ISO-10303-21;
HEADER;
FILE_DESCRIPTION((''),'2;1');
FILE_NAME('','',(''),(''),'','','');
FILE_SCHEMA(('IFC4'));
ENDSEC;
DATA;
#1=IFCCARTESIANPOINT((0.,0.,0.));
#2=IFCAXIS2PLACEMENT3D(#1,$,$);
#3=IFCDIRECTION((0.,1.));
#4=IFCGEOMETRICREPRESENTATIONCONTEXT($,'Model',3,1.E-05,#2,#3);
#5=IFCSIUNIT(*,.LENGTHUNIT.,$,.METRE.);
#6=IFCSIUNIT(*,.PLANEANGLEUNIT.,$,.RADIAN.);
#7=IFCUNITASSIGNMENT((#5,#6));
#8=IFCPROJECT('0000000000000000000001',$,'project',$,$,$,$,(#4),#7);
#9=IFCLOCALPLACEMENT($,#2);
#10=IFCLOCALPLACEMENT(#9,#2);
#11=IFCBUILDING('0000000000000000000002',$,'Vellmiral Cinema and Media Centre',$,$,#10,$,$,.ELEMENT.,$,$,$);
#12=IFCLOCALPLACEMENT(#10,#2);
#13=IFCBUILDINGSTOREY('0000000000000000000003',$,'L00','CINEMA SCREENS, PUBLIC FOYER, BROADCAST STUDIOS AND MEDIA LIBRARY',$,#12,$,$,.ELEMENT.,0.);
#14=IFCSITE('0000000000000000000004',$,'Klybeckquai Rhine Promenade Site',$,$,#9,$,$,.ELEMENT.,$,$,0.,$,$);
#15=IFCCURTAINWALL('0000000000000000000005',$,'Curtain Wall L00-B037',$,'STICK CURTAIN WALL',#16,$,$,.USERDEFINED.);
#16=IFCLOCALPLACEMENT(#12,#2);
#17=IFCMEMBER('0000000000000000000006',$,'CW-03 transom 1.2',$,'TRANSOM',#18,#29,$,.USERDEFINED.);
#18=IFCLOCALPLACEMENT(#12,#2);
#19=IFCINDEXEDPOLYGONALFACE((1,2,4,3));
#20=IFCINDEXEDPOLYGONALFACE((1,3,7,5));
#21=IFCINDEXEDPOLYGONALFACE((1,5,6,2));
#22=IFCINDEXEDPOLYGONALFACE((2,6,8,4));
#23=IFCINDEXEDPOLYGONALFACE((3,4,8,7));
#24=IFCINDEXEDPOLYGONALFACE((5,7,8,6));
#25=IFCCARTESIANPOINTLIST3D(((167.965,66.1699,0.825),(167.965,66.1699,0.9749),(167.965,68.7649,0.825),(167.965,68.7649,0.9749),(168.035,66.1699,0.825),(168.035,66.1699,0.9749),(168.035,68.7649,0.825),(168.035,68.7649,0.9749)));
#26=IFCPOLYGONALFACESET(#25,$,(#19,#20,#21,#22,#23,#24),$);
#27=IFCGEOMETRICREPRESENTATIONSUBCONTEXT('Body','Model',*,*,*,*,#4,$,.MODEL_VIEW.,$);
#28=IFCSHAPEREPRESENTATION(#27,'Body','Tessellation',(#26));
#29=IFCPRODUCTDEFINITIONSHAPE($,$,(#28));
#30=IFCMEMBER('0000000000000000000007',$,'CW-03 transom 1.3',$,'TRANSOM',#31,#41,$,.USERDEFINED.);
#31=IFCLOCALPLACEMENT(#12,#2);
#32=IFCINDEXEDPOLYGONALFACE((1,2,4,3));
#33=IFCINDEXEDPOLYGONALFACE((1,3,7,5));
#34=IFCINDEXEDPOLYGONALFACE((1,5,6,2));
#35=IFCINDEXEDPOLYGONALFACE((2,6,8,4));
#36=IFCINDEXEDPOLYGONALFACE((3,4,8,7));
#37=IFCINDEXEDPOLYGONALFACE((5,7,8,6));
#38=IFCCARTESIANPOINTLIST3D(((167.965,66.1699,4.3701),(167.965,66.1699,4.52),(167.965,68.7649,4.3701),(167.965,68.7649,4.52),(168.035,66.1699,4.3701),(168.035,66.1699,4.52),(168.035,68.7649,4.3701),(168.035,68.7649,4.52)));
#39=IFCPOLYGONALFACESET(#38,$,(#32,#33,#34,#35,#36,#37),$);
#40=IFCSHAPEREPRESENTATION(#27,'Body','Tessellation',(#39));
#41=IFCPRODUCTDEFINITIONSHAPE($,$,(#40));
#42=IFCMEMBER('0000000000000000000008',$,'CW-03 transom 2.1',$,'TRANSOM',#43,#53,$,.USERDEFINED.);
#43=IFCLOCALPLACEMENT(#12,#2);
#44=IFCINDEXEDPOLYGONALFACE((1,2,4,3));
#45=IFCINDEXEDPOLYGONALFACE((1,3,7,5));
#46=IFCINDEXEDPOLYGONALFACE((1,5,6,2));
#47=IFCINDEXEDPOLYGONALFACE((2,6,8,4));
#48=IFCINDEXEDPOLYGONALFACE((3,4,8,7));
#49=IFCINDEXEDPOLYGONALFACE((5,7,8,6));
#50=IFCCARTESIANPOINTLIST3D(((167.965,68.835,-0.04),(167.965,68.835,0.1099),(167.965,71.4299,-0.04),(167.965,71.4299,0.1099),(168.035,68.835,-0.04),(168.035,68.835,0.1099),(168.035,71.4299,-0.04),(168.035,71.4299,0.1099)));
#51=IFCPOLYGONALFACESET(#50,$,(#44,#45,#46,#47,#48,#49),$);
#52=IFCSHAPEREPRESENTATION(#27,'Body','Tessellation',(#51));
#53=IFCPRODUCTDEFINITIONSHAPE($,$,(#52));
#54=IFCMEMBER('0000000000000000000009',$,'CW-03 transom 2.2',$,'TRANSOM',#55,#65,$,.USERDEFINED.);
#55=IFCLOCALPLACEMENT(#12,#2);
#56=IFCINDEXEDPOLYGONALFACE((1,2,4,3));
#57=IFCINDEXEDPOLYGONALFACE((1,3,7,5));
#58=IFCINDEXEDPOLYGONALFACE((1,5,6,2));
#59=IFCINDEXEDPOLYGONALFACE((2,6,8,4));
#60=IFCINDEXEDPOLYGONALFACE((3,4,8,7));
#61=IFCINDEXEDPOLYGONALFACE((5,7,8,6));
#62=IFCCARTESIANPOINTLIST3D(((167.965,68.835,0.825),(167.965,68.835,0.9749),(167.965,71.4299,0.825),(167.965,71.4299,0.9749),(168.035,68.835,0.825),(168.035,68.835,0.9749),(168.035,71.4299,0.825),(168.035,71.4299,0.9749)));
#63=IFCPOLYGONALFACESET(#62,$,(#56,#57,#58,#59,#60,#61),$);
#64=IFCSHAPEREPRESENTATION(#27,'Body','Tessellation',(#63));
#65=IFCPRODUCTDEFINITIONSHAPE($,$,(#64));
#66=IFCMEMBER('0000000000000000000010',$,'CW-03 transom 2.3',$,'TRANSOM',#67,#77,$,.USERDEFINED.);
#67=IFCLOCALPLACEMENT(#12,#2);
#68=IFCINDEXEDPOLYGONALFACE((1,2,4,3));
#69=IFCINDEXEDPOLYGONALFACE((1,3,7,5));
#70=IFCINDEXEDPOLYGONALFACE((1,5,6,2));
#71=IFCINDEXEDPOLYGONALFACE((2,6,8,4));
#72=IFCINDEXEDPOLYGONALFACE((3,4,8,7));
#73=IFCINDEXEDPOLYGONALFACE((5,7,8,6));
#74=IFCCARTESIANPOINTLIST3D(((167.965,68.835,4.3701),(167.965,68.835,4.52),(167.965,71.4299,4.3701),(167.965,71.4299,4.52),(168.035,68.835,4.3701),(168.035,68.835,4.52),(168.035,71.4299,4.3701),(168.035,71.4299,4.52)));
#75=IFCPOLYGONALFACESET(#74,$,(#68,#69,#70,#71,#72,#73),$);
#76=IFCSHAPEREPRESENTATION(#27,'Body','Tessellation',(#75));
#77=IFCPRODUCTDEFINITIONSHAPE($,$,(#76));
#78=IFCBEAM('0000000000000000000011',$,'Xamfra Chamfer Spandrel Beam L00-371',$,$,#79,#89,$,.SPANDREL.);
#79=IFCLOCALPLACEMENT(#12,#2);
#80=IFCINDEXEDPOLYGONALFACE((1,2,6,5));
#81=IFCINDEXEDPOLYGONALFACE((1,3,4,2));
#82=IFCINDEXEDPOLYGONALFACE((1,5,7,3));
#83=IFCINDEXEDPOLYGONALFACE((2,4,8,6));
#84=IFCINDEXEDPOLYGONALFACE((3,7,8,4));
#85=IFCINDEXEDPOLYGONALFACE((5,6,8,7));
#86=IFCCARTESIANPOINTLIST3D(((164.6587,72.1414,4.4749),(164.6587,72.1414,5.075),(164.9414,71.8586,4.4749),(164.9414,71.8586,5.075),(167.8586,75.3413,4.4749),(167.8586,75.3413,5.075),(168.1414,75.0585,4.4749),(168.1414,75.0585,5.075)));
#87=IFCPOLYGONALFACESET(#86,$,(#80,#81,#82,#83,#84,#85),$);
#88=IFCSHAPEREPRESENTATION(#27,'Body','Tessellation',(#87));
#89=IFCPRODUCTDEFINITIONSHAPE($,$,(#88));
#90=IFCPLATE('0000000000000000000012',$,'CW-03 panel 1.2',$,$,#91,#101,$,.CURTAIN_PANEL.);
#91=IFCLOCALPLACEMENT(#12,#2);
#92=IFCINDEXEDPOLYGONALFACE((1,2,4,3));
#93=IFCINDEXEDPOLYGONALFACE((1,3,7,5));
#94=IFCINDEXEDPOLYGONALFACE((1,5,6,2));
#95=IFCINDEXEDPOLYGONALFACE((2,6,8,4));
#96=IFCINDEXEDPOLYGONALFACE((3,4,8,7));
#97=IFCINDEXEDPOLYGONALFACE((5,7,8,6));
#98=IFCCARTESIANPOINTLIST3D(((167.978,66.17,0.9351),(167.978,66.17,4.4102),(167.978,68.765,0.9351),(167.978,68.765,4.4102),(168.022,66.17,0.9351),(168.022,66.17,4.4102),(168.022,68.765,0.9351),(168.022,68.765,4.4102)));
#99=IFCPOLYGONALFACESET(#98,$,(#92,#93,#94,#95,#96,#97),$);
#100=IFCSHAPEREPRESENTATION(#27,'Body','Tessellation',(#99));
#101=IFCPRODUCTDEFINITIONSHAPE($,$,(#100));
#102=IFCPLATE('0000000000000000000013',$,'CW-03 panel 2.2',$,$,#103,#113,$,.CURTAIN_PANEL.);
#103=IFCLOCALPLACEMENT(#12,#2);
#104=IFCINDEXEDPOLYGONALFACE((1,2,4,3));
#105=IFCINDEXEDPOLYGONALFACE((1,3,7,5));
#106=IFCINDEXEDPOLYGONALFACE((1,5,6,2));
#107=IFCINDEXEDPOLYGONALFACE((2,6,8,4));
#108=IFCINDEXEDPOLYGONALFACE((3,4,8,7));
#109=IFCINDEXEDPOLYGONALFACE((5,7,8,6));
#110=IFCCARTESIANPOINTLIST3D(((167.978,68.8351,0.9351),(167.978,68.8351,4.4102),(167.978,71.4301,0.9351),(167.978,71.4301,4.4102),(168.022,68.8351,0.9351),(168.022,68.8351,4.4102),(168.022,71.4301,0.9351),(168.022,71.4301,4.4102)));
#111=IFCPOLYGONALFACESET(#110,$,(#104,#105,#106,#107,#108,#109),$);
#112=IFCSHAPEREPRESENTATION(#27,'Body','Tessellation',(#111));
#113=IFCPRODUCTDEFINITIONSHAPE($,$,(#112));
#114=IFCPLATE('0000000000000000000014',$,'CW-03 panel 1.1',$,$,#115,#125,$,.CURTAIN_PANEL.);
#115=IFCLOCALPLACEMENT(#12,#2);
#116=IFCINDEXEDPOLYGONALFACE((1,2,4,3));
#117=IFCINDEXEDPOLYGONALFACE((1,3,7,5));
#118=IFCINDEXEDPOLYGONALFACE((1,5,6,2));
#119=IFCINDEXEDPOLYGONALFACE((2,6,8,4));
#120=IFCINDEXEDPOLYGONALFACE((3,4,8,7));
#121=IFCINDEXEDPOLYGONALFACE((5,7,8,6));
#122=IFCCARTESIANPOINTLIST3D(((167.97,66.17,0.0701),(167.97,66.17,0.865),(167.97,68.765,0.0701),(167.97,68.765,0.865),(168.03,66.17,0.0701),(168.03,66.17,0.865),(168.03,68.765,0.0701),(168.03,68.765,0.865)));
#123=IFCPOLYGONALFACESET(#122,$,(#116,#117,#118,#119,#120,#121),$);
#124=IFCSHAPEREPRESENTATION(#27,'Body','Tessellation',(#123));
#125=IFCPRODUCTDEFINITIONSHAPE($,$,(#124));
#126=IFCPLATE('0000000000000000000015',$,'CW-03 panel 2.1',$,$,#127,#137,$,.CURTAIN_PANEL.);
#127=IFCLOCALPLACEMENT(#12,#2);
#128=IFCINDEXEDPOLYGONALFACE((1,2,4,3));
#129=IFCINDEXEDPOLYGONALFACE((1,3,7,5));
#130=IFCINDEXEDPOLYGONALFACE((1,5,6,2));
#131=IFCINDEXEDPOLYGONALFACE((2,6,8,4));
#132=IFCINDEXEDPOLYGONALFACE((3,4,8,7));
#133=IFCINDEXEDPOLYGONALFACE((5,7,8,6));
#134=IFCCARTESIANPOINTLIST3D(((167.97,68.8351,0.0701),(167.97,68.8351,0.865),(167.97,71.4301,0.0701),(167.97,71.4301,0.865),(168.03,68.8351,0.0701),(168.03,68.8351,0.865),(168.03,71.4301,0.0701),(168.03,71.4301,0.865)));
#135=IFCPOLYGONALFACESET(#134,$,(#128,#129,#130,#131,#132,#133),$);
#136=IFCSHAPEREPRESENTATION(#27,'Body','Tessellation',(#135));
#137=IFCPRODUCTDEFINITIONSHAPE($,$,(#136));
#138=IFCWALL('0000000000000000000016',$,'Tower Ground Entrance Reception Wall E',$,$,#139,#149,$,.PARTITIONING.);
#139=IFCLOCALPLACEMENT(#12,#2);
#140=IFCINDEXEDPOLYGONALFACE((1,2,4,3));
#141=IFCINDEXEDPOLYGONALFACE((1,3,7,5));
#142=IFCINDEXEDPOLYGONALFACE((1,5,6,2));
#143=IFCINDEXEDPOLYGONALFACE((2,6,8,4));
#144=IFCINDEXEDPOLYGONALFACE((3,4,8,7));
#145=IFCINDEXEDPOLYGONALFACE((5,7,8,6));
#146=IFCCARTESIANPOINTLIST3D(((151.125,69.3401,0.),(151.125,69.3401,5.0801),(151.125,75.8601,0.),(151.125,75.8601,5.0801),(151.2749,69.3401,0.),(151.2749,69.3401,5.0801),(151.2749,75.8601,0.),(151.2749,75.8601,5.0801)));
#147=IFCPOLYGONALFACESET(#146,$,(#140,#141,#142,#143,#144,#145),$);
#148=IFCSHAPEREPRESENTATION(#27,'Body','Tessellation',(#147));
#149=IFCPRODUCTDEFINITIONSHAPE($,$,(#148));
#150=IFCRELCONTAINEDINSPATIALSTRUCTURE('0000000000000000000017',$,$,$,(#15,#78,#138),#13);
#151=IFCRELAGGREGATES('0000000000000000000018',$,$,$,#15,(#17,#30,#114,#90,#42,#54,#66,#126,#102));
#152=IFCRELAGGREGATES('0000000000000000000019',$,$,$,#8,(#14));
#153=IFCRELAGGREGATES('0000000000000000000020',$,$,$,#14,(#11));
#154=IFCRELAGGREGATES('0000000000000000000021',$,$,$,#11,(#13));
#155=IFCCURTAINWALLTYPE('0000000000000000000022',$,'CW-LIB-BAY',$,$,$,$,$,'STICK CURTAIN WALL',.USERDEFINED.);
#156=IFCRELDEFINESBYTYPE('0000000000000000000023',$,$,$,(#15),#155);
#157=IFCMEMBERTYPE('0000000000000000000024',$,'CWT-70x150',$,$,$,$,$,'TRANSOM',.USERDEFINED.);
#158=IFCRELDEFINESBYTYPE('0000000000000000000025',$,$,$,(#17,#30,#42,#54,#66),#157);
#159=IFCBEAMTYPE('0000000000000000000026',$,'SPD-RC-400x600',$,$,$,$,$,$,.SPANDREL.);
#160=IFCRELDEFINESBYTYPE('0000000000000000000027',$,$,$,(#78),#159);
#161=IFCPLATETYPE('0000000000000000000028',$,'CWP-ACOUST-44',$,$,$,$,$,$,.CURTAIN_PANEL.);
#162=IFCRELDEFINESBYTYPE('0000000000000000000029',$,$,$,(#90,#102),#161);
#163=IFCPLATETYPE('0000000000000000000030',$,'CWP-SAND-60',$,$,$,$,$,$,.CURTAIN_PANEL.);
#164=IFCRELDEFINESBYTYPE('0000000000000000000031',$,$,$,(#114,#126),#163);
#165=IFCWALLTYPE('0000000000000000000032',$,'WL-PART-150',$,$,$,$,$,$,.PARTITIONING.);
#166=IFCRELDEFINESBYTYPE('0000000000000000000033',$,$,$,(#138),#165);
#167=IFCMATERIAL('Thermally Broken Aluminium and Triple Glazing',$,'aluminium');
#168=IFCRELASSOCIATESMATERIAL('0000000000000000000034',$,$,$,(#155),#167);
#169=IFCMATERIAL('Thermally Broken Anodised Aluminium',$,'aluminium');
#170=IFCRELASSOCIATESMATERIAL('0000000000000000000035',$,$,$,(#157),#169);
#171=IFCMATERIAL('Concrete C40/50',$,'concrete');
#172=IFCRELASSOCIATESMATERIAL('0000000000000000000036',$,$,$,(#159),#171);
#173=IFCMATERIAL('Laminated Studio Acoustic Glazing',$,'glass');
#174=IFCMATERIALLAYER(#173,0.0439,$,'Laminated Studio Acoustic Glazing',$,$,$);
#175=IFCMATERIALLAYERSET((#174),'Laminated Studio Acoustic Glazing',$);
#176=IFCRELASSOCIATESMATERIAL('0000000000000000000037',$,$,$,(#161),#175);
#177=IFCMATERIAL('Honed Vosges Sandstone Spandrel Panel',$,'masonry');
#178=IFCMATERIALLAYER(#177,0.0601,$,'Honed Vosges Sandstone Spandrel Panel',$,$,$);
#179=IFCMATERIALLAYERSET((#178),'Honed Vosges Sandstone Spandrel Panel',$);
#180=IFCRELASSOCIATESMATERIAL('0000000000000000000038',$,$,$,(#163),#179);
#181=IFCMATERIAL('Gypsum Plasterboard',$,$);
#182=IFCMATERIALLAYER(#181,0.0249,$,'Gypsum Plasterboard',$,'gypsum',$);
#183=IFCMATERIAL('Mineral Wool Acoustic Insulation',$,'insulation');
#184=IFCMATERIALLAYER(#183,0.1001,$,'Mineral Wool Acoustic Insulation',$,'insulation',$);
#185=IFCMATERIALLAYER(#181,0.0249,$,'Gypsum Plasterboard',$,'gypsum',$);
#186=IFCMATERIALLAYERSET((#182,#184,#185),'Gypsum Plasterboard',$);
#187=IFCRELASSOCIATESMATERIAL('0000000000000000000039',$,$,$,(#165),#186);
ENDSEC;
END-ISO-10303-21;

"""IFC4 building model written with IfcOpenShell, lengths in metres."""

from ifc_helpers import new_model, si_unit, direction, frame, frame_2d, origin, origin_2d, place, context, subcontext, project, spatial, rectangle, extrude, material, layer, layer_set, material_profile, profile_set, type_object, element, aggregate, save


model = new_model("IFC4")

# Units and contexts
model_context = context("Model", 3, precision=1e-05, world=origin(), true_north=direction((0.0, 1.0)))
body_context = subcontext(model_context, "Body", "Model", "MODEL_VIEW")
ifc_project = project(units=[si_unit("LENGTHUNIT", "METRE"), si_unit("PLANEANGLEUNIT", "RADIAN")], contexts=[model_context])

# Site, building, storey
site_placement = place(None, origin())
site = spatial("IfcSite", under=ifc_project, at=site_placement, Name="Klybeckquai Rhine Promenade Site", CompositionType="ELEMENT", RefElevation=0.0)
building_placement = place(site_placement, origin())
building = spatial("IfcBuilding", under=site, at=building_placement, Name="Vellmiral Cinema and Media Centre", CompositionType="ELEMENT")
storey_placement = place(building_placement, origin())
storey = spatial("IfcBuildingStorey", under=building, at=storey_placement, Name="L00", Description="CINEMA SCREENS, PUBLIC FOYER, BROADCAST STUDIOS AND MEDIA LIBRARY", CompositionType="ELEMENT", Elevation=0.0)

# Curtain wall, members
ifc_material_1 = material(Name="Thermally Broken Aluminium and Triple Glazing", Category="aluminium")
curtain_wall_type = type_object("IfcCurtainWallType", Name="CW-LIB-BAY", ElementType="STICK CURTAIN WALL", PredefinedType="USERDEFINED", material=ifc_material_1)
curtain_wall_placement = place(storey_placement, origin())
curtain_wall = element("IfcCurtainWall", 1, at=curtain_wall_placement, inside=storey, type_object=curtain_wall_type, Name="Curtain Wall L00-B037", ObjectType="STICK CURTAIN WALL", PredefinedType="USERDEFINED")
ifc_material_2 = material(Name="Thermally Broken Anodised Aluminium", Category="aluminium")
ifc_material_profile_1 = material_profile(ifc_material_2, rectangle(XDim=0.0701, YDim=0.1499, at=origin_2d()), Name="MULL 70x150")
ifc_profile_set_1 = profile_set([ifc_material_profile_1], Name="Thermally Broken Anodised Aluminium")
member_type_1 = type_object("IfcMemberType", Name="CWT-70x150", ElementType="TRANSOM", PredefinedType="USERDEFINED", material=ifc_profile_set_1)
member_1_placement = place(storey_placement, frame((168.0, 66.1699, 0.8999), z_axis=(0.0, 1.0, 0.0), x_axis=(-1.0, 0.0, 0.0)))
member_1 = element("IfcMember", 2, at=member_1_placement, type_object=member_type_1, Name="CW-03 transom 1.2", ObjectType="TRANSOM", PredefinedType="USERDEFINED", context=body_context, shape_type="SweptSolid", body=[
    extrude(rectangle(XDim=0.0701, YDim=0.1499, at=origin_2d()), origin(), (0.0, 0.0, 1.0), 2.595),
])
member_2_placement = place(storey_placement, frame((168.0, 66.1699, 4.4451), z_axis=(0.0, 1.0, 0.0), x_axis=(-1.0, 0.0, 0.0)))
member_2 = element("IfcMember", 3, at=member_2_placement, type_object=member_type_1, Name="CW-03 transom 1.3", ObjectType="TRANSOM", PredefinedType="USERDEFINED", context=body_context, shape_type="SweptSolid", body=[
    extrude(rectangle(XDim=0.0701, YDim=0.1499, at=origin_2d()), origin(), (0.0, 0.0, 1.0), 2.595),
])
member_3_placement = place(storey_placement, frame((168.0, 68.835, 0.0349), z_axis=(0.0, 1.0, 0.0), x_axis=(-1.0, 0.0, 0.0)))
member_3 = element("IfcMember", 4, at=member_3_placement, type_object=member_type_1, Name="CW-03 transom 2.1", ObjectType="TRANSOM", PredefinedType="USERDEFINED", context=body_context, shape_type="SweptSolid", body=[
    extrude(rectangle(XDim=0.0701, YDim=0.1499, at=origin_2d()), origin(), (0.0, 0.0, 1.0), 2.595),
])
member_4_placement = place(storey_placement, frame((168.0, 68.835, 0.8999), z_axis=(0.0, 1.0, 0.0), x_axis=(-1.0, 0.0, 0.0)))
member_4 = element("IfcMember", 5, at=member_4_placement, type_object=member_type_1, Name="CW-03 transom 2.2", ObjectType="TRANSOM", PredefinedType="USERDEFINED", context=body_context, shape_type="SweptSolid", body=[
    extrude(rectangle(XDim=0.0701, YDim=0.1499, at=origin_2d()), origin(), (0.0, 0.0, 1.0), 2.595),
])
member_5_placement = place(storey_placement, frame((168.0, 68.835, 4.4451), z_axis=(0.0, 1.0, 0.0), x_axis=(-1.0, 0.0, 0.0)))
member_5 = element("IfcMember", 6, at=member_5_placement, type_object=member_type_1, Name="CW-03 transom 2.3", ObjectType="TRANSOM", PredefinedType="USERDEFINED", context=body_context, shape_type="SweptSolid", body=[
    extrude(rectangle(XDim=0.0701, YDim=0.1499, at=origin_2d()), origin(), (0.0, 0.0, 1.0), 2.595),
])

# Beam
ifc_material_3 = material(Name="Concrete C40/50", Category="concrete")
ifc_material_profile_2 = material_profile(ifc_material_3, rectangle(XDim=0.3999, YDim=0.6001, at=origin_2d()), Name="RC 400x600")
ifc_profile_set_2 = profile_set([ifc_material_profile_2], Name="Concrete C40/50")
beam_type_1 = type_object("IfcBeamType", Name="SPD-RC-400x600", PredefinedType="SPANDREL", material=ifc_profile_set_2)
beam_1_placement = place(storey_placement, frame((164.8, 72.0, 4.7749), z_axis=(0.707107, 0.707107, 0.0), x_axis=(-0.707107, 0.707107, 0.0)))
element("IfcBeam", 7, at=beam_1_placement, inside=storey, type_object=beam_type_1, Name="Xamfra Chamfer Spandrel Beam L00-371", PredefinedType="SPANDREL", context=body_context, shape_type="SweptSolid", body=[
    extrude(rectangle(XDim=0.3999, YDim=0.6001, at=origin_2d()), origin(), (0.0, 0.0, 1.0), 4.5254),
])

# Plates
ifc_material_4 = material(Name="Laminated Studio Acoustic Glazing", Category="glass")
ifc_layer_1 = layer(ifc_material_4, 0.0439, Name="Laminated Studio Acoustic Glazing")
ifc_layer_set_1 = layer_set([ifc_layer_1], Name="Laminated Studio Acoustic Glazing")
plate_type_1 = type_object("IfcPlateType", Name="CWP-ACOUST-44", PredefinedType="CURTAIN_PANEL", material=ifc_layer_set_1)
plate_1_placement = place(storey_placement, frame((168.0, 67.4675, 0.9351), z_axis=(0.0, 0.0, 1.0), x_axis=(0.0, 1.0, 0.0)))
plate_1 = element("IfcPlate", 8, at=plate_1_placement, type_object=plate_type_1, Name="CW-03 panel 1.2", PredefinedType="CURTAIN_PANEL", context=body_context, shape_type="SweptSolid", body=[
    extrude(rectangle(XDim=2.595, YDim=0.0439, at=origin_2d()), origin(), (0.0, 0.0, 1.0), 3.4751),
])
plate_2_placement = place(storey_placement, frame((168.0, 70.1326, 0.9351), z_axis=(0.0, 0.0, 1.0), x_axis=(0.0, 1.0, 0.0)))
plate_2 = element("IfcPlate", 9, at=plate_2_placement, type_object=plate_type_1, Name="CW-03 panel 2.2", PredefinedType="CURTAIN_PANEL", context=body_context, shape_type="SweptSolid", body=[
    extrude(rectangle(XDim=2.595, YDim=0.0439, at=origin_2d()), origin(), (0.0, 0.0, 1.0), 3.4751),
])
ifc_material_5 = material(Name="Honed Vosges Sandstone Spandrel Panel", Category="masonry")
ifc_layer_2 = layer(ifc_material_5, 0.0601, Name="Honed Vosges Sandstone Spandrel Panel")
ifc_layer_set_2 = layer_set([ifc_layer_2], Name="Honed Vosges Sandstone Spandrel Panel")
plate_type_2 = type_object("IfcPlateType", Name="CWP-SAND-60", PredefinedType="CURTAIN_PANEL", material=ifc_layer_set_2)
plate_3_placement = place(storey_placement, frame((168.0, 67.4675, 0.0701), z_axis=(0.0, 0.0, 1.0), x_axis=(0.0, 1.0, 0.0)))
plate_3 = element("IfcPlate", 10, at=plate_3_placement, type_object=plate_type_2, Name="CW-03 panel 1.1", PredefinedType="CURTAIN_PANEL", context=body_context, shape_type="SweptSolid", body=[
    extrude(rectangle(XDim=2.595, YDim=0.0601, at=origin_2d()), origin(), (0.0, 0.0, 1.0), 0.7949),
])
plate_4_placement = place(storey_placement, frame((168.0, 70.1326, 0.0701), z_axis=(0.0, 0.0, 1.0), x_axis=(0.0, 1.0, 0.0)))
plate_4 = element("IfcPlate", 11, at=plate_4_placement, type_object=plate_type_2, Name="CW-03 panel 2.1", PredefinedType="CURTAIN_PANEL", context=body_context, shape_type="SweptSolid", body=[
    extrude(rectangle(XDim=2.595, YDim=0.0601, at=origin_2d()), origin(), (0.0, 0.0, 1.0), 0.7949),
])
aggregate(curtain_wall, [member_1, member_2, plate_3, plate_1, member_3, member_4, member_5, plate_4, plate_2])

# Wall
ifc_material_6 = material(Name="Gypsum Plasterboard")
ifc_layer_3 = layer(ifc_material_6, 0.0249, Name="Gypsum Plasterboard", Category="gypsum")
ifc_material_7 = material(Name="Mineral Wool Acoustic Insulation", Category="insulation")
ifc_layer_4 = layer(ifc_material_7, 0.1001, Name="Mineral Wool Acoustic Insulation", Category="insulation")
ifc_layer_5 = layer(ifc_material_6, 0.0249, Name="Gypsum Plasterboard", Category="gypsum")
ifc_layer_set_3 = layer_set([ifc_layer_3, ifc_layer_4, ifc_layer_5], Name="Gypsum Plasterboard")
wall_type = type_object("IfcWallType", Name="WL-PART-150", PredefinedType="PARTITIONING", material=ifc_layer_set_3)
wall_placement = place(storey_placement, frame((151.2, 69.3401, 0.0), z_axis=(0.0, 0.0, 1.0), x_axis=(0.0, 1.0, 0.0)))
element("IfcWall", 12, at=wall_placement, inside=storey, type_object=wall_type, Name="Tower Ground Entrance Reception Wall E", PredefinedType="PARTITIONING", context=body_context, shape_type="SweptSolid", body=[
    extrude(rectangle(XDim=6.52, YDim=0.1499, at=frame_2d((3.26, 0.0))), origin(), (0.0, 0.0, 1.0), 5.0801),
])

save(model, "model.ifc")
